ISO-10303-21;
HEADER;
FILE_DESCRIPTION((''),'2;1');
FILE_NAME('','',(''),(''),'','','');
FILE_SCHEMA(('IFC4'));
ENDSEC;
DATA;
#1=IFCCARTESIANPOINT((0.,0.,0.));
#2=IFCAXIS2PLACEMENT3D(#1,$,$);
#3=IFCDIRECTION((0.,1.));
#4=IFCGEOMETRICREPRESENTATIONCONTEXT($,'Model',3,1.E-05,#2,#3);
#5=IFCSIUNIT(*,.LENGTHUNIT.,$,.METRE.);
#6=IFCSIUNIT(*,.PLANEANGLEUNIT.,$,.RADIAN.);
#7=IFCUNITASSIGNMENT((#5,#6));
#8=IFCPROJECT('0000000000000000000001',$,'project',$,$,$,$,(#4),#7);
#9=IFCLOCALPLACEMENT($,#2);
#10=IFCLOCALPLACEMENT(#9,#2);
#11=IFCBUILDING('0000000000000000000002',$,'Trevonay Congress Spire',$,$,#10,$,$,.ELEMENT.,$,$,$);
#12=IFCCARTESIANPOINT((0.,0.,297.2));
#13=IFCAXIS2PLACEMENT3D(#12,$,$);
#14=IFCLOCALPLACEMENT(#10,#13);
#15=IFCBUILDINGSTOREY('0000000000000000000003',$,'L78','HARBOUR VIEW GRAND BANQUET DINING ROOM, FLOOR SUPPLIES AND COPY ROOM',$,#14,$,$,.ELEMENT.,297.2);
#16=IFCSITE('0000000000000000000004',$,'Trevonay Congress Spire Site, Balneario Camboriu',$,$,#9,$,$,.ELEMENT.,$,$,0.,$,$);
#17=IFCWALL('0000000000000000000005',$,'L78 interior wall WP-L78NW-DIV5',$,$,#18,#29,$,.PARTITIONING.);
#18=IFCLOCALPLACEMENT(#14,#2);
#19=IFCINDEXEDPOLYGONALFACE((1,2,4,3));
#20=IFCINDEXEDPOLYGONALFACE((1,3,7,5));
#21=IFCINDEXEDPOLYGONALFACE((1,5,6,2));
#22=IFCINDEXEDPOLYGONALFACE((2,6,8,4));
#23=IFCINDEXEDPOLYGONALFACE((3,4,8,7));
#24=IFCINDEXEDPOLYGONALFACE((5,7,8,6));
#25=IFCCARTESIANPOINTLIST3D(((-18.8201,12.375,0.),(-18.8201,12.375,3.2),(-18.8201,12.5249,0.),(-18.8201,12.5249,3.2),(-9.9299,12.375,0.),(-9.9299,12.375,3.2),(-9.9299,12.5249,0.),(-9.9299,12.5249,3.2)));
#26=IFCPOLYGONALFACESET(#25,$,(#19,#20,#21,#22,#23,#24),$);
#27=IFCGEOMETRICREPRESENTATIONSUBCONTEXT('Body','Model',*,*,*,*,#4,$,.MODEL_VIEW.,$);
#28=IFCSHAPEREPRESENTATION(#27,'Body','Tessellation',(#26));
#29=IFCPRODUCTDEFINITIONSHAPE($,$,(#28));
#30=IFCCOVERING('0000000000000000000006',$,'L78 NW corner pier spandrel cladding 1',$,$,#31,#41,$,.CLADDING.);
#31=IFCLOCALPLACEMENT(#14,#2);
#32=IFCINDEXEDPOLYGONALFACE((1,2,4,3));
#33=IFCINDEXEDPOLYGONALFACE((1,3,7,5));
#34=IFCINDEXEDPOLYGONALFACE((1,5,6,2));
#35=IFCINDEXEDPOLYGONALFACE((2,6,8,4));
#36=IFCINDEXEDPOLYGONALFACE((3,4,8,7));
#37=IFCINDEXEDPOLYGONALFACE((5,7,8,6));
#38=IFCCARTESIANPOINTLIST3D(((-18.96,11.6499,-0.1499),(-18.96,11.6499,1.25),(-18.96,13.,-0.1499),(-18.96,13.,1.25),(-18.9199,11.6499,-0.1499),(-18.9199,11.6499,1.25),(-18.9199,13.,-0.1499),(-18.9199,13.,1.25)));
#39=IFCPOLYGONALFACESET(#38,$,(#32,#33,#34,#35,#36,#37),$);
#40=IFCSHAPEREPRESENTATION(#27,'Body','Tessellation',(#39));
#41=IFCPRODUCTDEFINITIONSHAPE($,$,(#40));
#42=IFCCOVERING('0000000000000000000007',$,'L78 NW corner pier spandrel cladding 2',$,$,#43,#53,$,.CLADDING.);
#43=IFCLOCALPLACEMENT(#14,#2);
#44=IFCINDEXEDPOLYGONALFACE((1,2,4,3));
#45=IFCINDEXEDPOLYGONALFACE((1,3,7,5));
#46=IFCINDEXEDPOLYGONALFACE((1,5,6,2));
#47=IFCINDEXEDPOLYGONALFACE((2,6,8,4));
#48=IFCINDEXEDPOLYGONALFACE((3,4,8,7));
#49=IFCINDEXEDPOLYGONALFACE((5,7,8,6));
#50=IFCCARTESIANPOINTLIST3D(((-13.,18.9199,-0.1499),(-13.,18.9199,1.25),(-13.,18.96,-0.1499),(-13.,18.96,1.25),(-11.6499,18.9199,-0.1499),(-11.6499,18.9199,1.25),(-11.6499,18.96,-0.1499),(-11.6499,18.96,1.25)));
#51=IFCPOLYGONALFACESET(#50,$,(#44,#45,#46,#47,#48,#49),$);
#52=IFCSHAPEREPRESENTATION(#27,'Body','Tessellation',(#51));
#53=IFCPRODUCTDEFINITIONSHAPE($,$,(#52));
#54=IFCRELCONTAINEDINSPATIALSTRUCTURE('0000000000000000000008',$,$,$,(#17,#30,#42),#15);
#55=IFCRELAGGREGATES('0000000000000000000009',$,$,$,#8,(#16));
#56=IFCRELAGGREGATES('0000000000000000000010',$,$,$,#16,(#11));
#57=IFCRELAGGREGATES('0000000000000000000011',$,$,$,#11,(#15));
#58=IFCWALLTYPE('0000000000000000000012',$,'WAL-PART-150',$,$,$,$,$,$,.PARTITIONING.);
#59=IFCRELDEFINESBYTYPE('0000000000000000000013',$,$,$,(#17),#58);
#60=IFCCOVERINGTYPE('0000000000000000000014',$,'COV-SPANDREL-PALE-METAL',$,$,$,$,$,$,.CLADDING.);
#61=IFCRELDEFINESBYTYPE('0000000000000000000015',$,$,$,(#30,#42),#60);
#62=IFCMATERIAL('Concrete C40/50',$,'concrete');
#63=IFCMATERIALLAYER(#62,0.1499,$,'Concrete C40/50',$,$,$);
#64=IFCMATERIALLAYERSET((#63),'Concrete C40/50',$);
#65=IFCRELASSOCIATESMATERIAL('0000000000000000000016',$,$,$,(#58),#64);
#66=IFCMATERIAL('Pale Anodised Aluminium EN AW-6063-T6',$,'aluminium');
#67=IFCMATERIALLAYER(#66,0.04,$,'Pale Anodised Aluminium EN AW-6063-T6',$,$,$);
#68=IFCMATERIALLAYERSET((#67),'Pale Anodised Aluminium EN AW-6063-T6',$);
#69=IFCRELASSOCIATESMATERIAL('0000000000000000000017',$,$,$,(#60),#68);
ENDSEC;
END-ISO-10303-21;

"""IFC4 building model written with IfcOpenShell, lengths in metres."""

from ifc_helpers import new_model, si_unit, direction, frame, frame_2d, origin, place, context, subcontext, project, spatial, rectangle, extrude, material, layer, layer_set, type_object, element, save


model = new_model("IFC4")

# Units and contexts
model_context = context("Model", 3, precision=1e-05, world=origin(), true_north=direction((0.0, 1.0)))
body_context = subcontext(model_context, "Body", "Model", "MODEL_VIEW")
ifc_project = project(units=[si_unit("LENGTHUNIT", "METRE"), si_unit("PLANEANGLEUNIT", "RADIAN")], contexts=[model_context])

# Site, building, storey
site_placement = place(None, origin())
site = spatial("IfcSite", under=ifc_project, at=site_placement, Name="Trevonay Congress Spire Site, Balneario Camboriu", CompositionType="ELEMENT", RefElevation=0.0)
building_placement = place(site_placement, origin())
building = spatial("IfcBuilding", under=site, at=building_placement, Name="Trevonay Congress Spire", CompositionType="ELEMENT")
storey_placement = place(building_placement, frame((0.0, 0.0, 297.2)))
storey = spatial("IfcBuildingStorey", under=building, at=storey_placement, Name="L78", Description="HARBOUR VIEW GRAND BANQUET DINING ROOM, FLOOR SUPPLIES AND COPY ROOM", CompositionType="ELEMENT", Elevation=297.2)

# Shared definitions
ifc_material_1 = material(Name="Pale Anodised Aluminium EN AW-6063-T6", Category="aluminium")

# Shared definitions
ifc_material_2 = material(Name="Concrete C40/50", Category="concrete")

# Wall
ifc_layer_1 = layer(ifc_material_2, 0.1499, Name="Concrete C40/50")
ifc_layer_set_1 = layer_set([ifc_layer_1], Name="Concrete C40/50")
wall_type_1 = type_object("IfcWallType", Name="WAL-PART-150", PredefinedType="PARTITIONING", material=ifc_layer_set_1)
wall_1_placement = place(storey_placement, frame((-18.8201, 12.45, 0.0), z_axis=(0.0, 0.0, 1.0), x_axis=(1.0, 0.0, 0.0)))
element("IfcWall", 1, at=wall_1_placement, inside=storey, type_object=wall_type_1, Name="L78 interior wall WP-L78NW-DIV5", PredefinedType="PARTITIONING", context=body_context, shape_type="SweptSolid", body=[
    extrude(rectangle(XDim=8.8901, YDim=0.1499, at=frame_2d((4.4451, 0.0))), origin(), (0.0, 0.0, 1.0), 3.2),
])

# Coverings
ifc_layer_2 = layer(ifc_material_1, 0.04, Name="Pale Anodised Aluminium EN AW-6063-T6")
ifc_layer_set_2 = layer_set([ifc_layer_2], Name="Pale Anodised Aluminium EN AW-6063-T6")
covering_type = type_object("IfcCoveringType", Name="COV-SPANDREL-PALE-METAL", PredefinedType="CLADDING", material=ifc_layer_set_2)
for number, where, z_axis, x_axis, name in (
    (2, (-18.9399, 11.6499, -0.1499), (0.0, 0.0, 1.0), (0.0, 1.0, 0.0), "L78 NW corner pier spandrel cladding 1"),
    (3, (-11.6499, 18.9399, -0.1499), (0.0, 0.0, 1.0), (-1.0, 0.0, 0.0), "L78 NW corner pier spandrel cladding 2"),
):
    element("IfcCovering", number, at=place(storey_placement, frame(where, z_axis=z_axis, x_axis=x_axis)), inside=storey, type_object=covering_type, Name=name, PredefinedType="CLADDING", context=body_context, shape_type="SweptSolid", body=[
        extrude(rectangle(XDim=1.3501, YDim=0.04, at=frame_2d((0.675, 0.0))), origin(), (0.0, 0.0, 1.0), 1.3999),
    ])

save(model, "model.ifc")
